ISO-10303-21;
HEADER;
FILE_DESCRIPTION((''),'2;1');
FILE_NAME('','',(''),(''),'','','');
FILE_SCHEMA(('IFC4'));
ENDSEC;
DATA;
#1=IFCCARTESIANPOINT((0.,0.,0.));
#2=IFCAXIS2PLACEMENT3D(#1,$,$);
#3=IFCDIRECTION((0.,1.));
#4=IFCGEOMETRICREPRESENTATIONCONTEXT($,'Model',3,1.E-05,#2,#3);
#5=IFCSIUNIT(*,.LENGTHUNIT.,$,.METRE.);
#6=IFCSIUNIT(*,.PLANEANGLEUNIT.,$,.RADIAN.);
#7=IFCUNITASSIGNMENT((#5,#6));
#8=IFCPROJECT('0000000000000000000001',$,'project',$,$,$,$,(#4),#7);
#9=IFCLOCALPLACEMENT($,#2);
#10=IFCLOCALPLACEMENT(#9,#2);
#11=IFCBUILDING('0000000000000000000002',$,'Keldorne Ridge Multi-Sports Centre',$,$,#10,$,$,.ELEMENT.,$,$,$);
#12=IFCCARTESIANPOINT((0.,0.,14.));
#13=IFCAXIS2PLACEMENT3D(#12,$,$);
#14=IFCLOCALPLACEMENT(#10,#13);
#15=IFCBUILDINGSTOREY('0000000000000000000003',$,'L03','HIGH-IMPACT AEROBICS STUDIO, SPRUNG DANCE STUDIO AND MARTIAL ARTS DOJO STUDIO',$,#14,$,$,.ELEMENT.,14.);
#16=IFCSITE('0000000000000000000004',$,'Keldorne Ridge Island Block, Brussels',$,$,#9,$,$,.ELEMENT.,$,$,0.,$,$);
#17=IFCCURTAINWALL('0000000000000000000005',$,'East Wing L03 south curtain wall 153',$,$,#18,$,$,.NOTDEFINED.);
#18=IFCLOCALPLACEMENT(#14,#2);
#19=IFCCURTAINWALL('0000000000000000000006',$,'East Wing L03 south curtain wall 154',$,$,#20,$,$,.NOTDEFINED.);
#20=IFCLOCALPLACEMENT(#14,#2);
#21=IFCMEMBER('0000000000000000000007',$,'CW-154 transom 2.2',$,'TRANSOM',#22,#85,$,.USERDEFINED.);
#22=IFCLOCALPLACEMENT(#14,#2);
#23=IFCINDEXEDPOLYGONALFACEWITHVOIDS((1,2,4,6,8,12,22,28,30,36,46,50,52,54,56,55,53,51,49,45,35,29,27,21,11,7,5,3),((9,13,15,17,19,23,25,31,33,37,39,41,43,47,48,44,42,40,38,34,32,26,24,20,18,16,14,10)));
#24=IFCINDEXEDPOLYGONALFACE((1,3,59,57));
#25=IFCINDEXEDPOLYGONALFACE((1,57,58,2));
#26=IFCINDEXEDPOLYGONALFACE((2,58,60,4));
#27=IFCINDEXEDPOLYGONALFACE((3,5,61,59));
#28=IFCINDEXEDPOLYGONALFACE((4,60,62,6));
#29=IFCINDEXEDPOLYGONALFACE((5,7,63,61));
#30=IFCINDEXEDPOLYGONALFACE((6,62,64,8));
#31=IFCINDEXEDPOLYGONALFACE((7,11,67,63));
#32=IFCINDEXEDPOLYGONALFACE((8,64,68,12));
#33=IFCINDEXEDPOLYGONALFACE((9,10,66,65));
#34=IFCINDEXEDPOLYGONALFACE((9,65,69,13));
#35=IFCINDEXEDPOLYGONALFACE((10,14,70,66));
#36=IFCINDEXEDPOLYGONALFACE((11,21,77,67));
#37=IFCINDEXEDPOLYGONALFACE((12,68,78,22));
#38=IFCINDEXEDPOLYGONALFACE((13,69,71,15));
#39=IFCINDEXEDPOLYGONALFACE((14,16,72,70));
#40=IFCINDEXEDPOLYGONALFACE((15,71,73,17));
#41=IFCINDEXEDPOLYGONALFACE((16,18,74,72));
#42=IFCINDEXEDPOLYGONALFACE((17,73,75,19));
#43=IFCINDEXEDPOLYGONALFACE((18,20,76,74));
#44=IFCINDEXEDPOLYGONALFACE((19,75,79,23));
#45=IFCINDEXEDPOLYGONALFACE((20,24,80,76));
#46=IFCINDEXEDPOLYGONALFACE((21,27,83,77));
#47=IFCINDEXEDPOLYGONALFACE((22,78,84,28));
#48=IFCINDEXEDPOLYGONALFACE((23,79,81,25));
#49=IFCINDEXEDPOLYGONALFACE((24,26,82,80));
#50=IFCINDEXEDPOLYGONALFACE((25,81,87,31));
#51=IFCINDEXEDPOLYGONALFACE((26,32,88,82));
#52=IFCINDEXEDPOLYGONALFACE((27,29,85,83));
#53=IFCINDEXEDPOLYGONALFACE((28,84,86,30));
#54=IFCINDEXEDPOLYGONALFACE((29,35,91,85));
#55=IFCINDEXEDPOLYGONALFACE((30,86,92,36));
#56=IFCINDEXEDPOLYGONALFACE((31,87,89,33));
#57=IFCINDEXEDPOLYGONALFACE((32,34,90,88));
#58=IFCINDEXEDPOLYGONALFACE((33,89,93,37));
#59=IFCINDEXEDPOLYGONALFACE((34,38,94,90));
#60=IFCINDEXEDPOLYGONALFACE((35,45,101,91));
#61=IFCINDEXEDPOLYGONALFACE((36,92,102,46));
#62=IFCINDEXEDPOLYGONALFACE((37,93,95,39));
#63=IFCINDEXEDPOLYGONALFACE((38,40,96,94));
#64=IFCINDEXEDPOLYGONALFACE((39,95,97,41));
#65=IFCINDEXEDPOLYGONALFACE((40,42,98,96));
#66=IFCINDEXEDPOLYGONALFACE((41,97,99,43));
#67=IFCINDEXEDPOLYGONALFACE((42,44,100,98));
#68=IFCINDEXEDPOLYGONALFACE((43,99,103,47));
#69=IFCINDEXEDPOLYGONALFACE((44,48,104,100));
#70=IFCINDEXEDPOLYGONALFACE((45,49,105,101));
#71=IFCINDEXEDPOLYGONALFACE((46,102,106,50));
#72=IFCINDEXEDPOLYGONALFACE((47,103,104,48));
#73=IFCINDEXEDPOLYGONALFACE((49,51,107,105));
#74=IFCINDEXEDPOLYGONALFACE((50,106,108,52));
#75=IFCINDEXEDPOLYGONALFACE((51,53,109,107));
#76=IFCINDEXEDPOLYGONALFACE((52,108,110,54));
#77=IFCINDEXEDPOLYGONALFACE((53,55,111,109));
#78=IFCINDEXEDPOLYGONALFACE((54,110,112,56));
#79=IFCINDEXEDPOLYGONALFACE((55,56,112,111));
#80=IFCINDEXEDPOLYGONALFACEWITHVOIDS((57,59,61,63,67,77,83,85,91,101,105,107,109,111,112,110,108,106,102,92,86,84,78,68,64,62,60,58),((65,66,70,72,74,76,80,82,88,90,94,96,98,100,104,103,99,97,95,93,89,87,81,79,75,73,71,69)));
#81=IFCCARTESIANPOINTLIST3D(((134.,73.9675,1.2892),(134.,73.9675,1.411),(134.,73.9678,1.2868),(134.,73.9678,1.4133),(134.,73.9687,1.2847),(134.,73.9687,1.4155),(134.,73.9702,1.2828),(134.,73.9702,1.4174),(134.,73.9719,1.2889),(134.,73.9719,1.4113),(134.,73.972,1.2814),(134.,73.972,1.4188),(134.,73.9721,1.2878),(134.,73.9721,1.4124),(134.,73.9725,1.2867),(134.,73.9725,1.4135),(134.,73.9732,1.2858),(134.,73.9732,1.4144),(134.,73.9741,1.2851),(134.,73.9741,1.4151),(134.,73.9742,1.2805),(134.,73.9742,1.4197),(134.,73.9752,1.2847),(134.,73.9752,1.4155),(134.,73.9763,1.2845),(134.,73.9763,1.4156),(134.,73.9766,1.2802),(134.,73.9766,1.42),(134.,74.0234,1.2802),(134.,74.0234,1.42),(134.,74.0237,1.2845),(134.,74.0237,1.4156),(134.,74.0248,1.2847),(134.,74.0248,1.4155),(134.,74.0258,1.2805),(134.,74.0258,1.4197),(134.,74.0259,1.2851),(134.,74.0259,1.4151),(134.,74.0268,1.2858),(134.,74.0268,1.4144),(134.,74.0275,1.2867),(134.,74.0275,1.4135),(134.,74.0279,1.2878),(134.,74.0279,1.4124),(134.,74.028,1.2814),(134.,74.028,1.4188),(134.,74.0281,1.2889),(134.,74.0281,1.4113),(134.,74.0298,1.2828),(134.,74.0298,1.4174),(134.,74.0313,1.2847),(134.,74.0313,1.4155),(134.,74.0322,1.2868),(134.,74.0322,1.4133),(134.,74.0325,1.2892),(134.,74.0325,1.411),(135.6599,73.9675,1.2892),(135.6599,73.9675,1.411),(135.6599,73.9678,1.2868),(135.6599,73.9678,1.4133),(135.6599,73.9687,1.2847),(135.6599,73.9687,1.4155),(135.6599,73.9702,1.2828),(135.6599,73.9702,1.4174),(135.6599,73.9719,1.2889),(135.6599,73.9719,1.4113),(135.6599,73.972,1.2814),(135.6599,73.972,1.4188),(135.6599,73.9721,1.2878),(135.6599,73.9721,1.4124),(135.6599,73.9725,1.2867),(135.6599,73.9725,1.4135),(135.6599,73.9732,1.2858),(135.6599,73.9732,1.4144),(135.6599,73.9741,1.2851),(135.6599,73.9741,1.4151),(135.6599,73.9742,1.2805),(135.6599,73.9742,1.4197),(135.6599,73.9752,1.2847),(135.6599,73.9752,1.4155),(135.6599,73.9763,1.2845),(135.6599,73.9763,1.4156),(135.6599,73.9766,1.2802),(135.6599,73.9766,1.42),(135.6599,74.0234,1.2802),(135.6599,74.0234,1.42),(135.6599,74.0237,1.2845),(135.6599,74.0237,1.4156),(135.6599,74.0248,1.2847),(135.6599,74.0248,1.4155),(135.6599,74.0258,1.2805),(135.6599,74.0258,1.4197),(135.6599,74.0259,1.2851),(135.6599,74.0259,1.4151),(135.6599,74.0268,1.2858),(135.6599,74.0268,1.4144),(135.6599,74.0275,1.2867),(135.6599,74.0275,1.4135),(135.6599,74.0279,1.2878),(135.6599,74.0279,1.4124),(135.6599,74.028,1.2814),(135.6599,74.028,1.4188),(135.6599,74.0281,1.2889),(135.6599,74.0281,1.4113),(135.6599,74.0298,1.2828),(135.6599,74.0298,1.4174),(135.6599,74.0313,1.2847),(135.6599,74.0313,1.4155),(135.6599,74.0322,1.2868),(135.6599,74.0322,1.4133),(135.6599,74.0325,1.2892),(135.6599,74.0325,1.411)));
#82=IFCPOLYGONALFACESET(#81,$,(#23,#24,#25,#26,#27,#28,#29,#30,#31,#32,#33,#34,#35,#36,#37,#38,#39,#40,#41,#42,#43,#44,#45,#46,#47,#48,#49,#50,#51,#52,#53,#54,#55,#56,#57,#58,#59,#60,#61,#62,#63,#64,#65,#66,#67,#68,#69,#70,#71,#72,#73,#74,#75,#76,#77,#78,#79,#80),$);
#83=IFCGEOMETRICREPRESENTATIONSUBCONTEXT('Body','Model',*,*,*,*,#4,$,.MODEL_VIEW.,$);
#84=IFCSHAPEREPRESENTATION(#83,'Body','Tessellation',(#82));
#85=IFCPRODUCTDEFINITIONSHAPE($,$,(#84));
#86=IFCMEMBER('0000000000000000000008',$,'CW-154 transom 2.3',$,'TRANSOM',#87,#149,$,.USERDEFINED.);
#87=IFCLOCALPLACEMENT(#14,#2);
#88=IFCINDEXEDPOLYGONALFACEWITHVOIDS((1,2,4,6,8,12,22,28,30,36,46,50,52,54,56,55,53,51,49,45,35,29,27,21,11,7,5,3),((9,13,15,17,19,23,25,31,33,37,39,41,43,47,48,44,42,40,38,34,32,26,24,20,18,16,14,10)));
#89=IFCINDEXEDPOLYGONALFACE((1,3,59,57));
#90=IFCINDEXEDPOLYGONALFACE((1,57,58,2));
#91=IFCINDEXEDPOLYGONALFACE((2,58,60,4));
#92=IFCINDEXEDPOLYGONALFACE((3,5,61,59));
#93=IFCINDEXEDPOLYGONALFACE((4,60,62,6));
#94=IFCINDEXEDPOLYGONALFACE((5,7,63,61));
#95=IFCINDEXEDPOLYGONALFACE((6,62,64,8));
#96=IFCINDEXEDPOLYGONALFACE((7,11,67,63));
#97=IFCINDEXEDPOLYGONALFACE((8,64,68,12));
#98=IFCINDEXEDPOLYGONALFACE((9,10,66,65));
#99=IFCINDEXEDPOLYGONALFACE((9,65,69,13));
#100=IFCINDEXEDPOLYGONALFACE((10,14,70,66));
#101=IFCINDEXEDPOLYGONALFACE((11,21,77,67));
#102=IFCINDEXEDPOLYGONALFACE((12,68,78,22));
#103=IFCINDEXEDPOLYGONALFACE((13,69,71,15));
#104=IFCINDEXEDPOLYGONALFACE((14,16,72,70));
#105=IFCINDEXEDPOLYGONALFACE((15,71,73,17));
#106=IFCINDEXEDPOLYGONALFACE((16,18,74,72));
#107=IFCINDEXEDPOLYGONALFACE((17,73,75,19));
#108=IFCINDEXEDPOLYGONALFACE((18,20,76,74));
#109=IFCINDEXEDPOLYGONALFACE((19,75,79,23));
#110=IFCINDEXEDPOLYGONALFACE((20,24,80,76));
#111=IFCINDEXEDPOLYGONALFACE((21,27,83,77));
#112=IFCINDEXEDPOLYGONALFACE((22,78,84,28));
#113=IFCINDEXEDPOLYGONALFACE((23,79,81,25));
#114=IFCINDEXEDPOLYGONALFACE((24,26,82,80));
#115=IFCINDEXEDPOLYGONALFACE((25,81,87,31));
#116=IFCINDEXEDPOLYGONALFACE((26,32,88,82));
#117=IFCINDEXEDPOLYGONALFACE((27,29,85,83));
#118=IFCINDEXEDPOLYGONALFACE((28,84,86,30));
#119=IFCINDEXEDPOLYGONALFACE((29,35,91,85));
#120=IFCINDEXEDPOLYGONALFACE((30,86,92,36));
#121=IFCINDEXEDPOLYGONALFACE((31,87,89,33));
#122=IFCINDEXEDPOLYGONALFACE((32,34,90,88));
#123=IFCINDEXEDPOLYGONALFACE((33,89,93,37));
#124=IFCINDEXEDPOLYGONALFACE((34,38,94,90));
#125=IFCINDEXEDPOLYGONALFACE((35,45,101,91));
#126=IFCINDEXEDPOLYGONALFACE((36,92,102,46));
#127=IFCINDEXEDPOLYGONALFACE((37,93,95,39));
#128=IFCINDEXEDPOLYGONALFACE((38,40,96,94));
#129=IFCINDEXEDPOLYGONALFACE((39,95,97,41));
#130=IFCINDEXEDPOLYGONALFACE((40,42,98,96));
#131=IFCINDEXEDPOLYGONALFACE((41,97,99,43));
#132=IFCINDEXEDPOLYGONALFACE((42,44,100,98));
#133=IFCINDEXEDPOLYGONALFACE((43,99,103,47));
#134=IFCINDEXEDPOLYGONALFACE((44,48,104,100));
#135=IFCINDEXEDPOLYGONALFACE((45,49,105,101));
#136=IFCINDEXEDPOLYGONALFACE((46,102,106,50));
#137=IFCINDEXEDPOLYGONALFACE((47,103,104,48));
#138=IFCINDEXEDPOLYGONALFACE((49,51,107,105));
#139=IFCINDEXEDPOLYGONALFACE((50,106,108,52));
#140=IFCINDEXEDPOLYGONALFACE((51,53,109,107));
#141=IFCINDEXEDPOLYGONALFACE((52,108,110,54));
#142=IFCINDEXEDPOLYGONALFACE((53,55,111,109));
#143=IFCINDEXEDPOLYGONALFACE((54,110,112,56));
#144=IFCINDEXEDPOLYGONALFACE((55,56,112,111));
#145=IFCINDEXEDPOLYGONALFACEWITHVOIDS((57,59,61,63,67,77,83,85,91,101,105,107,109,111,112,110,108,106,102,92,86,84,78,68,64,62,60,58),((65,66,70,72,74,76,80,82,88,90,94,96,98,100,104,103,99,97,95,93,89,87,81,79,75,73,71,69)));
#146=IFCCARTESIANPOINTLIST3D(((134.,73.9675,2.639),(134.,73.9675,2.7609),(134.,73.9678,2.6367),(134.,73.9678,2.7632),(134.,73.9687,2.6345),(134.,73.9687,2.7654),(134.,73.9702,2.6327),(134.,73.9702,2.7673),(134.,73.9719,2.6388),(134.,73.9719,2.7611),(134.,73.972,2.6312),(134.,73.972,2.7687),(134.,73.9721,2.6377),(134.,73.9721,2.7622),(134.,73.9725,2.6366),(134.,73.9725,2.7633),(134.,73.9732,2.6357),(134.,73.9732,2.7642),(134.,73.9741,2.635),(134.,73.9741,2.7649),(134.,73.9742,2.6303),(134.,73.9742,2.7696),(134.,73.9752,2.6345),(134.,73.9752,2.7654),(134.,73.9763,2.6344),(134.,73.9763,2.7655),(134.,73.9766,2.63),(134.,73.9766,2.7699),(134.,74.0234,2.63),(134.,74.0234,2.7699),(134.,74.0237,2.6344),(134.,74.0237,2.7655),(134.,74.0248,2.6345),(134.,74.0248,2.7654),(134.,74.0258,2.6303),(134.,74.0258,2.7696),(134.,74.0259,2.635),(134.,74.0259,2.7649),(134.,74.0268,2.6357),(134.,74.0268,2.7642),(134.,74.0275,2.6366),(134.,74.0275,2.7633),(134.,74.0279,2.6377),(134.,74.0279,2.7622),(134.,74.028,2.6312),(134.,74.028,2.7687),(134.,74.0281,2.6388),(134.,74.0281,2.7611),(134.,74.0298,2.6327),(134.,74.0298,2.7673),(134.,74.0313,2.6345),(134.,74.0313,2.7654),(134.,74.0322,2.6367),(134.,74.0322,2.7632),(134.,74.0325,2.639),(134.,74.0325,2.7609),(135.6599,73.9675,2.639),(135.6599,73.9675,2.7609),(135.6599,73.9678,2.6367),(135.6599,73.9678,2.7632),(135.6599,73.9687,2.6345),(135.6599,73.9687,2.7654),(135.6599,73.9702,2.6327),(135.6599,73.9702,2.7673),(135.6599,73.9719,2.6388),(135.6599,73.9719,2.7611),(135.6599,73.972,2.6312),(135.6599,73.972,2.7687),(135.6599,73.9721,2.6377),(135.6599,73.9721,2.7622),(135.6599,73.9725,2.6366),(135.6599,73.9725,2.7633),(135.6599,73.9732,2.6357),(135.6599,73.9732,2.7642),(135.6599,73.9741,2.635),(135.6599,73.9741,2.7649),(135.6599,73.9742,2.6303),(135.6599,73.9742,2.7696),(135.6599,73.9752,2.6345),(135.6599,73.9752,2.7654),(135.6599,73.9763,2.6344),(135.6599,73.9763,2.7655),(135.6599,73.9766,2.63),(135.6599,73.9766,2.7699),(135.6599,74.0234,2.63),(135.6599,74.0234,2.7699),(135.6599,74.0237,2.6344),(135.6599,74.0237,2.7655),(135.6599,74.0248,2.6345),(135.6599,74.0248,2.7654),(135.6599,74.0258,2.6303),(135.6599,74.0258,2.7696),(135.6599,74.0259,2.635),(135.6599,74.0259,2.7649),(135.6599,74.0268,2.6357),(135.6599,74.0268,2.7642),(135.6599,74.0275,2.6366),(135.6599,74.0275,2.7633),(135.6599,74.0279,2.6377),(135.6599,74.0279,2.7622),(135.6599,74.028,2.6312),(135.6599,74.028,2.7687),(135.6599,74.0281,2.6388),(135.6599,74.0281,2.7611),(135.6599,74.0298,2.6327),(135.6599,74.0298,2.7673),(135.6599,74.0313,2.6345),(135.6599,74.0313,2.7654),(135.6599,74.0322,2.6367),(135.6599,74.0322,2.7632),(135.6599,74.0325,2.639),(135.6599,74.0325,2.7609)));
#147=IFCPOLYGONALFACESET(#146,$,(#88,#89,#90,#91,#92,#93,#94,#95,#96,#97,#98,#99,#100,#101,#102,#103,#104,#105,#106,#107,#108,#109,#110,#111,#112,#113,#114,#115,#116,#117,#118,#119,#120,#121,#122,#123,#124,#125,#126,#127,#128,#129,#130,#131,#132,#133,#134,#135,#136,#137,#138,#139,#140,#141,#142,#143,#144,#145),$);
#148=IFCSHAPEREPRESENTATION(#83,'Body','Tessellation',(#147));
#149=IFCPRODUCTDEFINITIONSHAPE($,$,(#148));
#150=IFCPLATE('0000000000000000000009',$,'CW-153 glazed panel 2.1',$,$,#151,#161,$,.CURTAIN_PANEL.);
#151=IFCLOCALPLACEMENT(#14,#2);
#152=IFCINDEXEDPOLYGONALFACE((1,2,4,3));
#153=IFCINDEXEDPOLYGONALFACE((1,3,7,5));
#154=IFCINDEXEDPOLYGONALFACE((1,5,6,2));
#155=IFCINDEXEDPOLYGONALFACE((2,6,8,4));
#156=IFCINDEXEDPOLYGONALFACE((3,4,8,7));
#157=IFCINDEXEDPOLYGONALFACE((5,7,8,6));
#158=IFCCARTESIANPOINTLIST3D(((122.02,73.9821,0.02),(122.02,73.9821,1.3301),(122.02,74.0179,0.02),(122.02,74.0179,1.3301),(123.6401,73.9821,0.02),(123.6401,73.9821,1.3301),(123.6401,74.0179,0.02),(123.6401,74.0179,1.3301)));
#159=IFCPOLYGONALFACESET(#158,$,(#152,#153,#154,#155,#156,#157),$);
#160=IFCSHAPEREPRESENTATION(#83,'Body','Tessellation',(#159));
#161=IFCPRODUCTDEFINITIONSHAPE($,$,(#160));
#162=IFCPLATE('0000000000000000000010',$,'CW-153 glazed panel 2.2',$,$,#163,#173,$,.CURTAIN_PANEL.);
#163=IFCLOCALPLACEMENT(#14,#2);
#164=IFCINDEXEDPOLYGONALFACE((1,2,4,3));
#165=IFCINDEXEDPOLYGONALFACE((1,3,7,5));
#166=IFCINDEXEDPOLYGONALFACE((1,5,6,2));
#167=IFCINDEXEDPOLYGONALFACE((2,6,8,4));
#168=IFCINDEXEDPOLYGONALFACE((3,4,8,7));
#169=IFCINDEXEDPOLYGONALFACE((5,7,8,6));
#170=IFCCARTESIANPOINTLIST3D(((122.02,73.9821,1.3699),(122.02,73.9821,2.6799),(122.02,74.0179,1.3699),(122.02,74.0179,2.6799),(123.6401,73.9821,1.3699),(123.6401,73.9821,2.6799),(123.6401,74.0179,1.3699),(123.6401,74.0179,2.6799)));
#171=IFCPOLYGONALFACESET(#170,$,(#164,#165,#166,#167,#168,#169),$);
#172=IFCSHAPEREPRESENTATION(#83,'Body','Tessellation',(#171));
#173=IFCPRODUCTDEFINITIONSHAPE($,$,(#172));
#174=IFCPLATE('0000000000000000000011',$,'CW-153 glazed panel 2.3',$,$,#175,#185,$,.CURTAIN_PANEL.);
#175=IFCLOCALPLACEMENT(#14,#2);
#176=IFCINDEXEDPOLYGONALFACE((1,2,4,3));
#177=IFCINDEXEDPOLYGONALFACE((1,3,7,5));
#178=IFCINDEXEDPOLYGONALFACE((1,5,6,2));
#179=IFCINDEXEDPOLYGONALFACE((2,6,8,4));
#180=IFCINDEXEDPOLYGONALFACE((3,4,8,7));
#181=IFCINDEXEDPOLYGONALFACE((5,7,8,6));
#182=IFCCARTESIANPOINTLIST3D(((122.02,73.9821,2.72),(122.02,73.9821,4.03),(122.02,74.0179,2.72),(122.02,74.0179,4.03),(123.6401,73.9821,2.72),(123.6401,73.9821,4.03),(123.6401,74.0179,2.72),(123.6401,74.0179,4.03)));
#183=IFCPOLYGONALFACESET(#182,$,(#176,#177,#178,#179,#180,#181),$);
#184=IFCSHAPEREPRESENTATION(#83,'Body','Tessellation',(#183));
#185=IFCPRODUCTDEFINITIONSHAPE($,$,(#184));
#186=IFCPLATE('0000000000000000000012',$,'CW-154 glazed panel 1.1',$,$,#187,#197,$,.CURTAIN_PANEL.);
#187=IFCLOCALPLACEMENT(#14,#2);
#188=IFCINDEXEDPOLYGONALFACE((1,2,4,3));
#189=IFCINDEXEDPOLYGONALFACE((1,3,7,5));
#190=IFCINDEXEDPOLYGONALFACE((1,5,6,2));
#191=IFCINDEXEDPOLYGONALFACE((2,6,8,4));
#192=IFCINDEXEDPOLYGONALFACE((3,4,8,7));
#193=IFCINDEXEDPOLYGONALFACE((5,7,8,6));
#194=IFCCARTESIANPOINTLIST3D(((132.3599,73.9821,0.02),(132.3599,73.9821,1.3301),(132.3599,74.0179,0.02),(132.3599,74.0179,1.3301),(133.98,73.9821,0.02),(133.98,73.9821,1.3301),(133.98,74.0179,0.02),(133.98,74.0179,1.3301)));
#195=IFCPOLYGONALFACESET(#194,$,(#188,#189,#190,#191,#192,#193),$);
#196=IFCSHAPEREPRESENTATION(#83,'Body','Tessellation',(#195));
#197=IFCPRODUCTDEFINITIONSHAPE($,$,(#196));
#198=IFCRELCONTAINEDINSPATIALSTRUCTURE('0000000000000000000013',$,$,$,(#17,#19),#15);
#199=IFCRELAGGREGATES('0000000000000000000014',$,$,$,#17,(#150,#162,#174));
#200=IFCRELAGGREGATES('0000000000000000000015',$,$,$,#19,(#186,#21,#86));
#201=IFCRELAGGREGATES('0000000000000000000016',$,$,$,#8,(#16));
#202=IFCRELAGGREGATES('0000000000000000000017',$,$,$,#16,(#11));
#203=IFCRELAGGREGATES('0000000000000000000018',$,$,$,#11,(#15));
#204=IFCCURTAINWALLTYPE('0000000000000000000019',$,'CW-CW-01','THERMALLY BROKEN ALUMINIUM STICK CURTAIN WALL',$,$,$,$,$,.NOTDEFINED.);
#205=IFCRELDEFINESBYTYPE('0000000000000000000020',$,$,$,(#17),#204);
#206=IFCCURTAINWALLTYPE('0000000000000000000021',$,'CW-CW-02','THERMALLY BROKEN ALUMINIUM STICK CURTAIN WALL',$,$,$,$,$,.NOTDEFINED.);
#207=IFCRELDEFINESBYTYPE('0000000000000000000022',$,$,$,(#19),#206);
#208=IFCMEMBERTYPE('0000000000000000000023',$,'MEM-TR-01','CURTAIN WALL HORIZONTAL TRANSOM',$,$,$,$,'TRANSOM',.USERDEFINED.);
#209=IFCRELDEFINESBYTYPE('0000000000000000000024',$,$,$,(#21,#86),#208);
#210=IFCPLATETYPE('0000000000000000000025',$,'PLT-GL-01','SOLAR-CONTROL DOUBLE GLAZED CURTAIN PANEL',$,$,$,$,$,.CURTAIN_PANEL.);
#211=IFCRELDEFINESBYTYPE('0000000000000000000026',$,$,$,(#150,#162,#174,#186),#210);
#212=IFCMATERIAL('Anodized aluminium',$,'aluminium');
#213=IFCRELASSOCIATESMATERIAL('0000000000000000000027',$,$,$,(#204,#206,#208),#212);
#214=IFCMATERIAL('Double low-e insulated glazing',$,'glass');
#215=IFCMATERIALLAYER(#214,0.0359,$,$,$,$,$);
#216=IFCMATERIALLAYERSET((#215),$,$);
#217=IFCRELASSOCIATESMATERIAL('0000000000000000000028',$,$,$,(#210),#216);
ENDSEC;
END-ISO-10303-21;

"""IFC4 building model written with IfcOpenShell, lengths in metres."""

from ifc_helpers import new_model, si_unit, direction, frame, origin, origin_2d, place, context, subcontext, project, spatial, rectangle, hollow_rectangle, extrude, material, layer, layer_set, material_profile, profile_set, type_object, element, aggregate, save


model = new_model("IFC4")

# Units and contexts
model_context = context("Model", 3, precision=1e-05, world=origin(), true_north=direction((0.0, 1.0)))
body_context = subcontext(model_context, "Body", "Model", "MODEL_VIEW")
ifc_project = project(units=[si_unit("LENGTHUNIT", "METRE"), si_unit("PLANEANGLEUNIT", "RADIAN")], contexts=[model_context])

# Site, building, storey
site_placement = place(None, origin())
site = spatial("IfcSite", under=ifc_project, at=site_placement, Name="Keldorne Ridge Island Block, Brussels", CompositionType="ELEMENT", RefElevation=0.0)
building_placement = place(site_placement, origin())
building = spatial("IfcBuilding", under=site, at=building_placement, Name="Keldorne Ridge Multi-Sports Centre", CompositionType="ELEMENT")
storey_placement = place(building_placement, frame((0.0, 0.0, 14.0)))
storey = spatial("IfcBuildingStorey", under=building, at=storey_placement, Name="L03", Description="HIGH-IMPACT AEROBICS STUDIO, SPRUNG DANCE STUDIO AND MARTIAL ARTS DOJO STUDIO", CompositionType="ELEMENT", Elevation=14.0)

# Curtain wall
ifc_material_1 = material(Name="Anodized aluminium", Category="aluminium")
curtain_wall_type_1 = type_object("IfcCurtainWallType", Name="CW-CW-01", Description="THERMALLY BROKEN ALUMINIUM STICK CURTAIN WALL", PredefinedType="NOTDEFINED", material=ifc_material_1)
curtain_wall_1_placement = place(storey_placement, origin())
curtain_wall_1 = element("IfcCurtainWall", 1, at=curtain_wall_1_placement, inside=storey, type_object=curtain_wall_type_1, Name="East Wing L03 south curtain wall 153", PredefinedType="NOTDEFINED")

# Curtain wall
curtain_wall_type_2 = type_object("IfcCurtainWallType", Name="CW-CW-02", Description="THERMALLY BROKEN ALUMINIUM STICK CURTAIN WALL", PredefinedType="NOTDEFINED", material=ifc_material_1)
curtain_wall_2_placement = place(storey_placement, origin())
curtain_wall_2 = element("IfcCurtainWall", 2, at=curtain_wall_2_placement, inside=storey, type_object=curtain_wall_type_2, Name="East Wing L03 south curtain wall 154", PredefinedType="NOTDEFINED")

# Members
ifc_material_profile_1 = material_profile(ifc_material_1, hollow_rectangle(XDim=0.0649, YDim=0.1399, WallThickness=0.0044, InnerFilletRadius=0.0044, OuterFilletRadius=0.009, at=origin_2d()), Name="ALU TRANSOM 140x65x4.5")
ifc_profile_set_1 = profile_set([ifc_material_profile_1], Name="Anodized aluminium")
member_type_1 = type_object("IfcMemberType", Name="MEM-TR-01", Description="CURTAIN WALL HORIZONTAL TRANSOM", ElementType="TRANSOM", PredefinedType="USERDEFINED", material=ifc_profile_set_1)
member_1_placement = place(storey_placement, frame((134.0, 74.0, 1.3501), z_axis=(1.0, 0.0, 0.0), x_axis=(0.0, 1.0, 0.0)))
member_1 = element("IfcMember", 3, at=member_1_placement, type_object=member_type_1, Name="CW-154 transom 2.2", ObjectType="TRANSOM", PredefinedType="USERDEFINED", context=body_context, shape_type="SweptSolid", body=[
    extrude(hollow_rectangle(XDim=0.0649, YDim=0.1399, WallThickness=0.0044, InnerFilletRadius=0.0044, OuterFilletRadius=0.009, at=origin_2d()), origin(), (0.0, 0.0, 1.0), 1.6599),
])
member_2_placement = place(storey_placement, frame((134.0, 74.0, 2.7), z_axis=(1.0, 0.0, 0.0), x_axis=(0.0, 1.0, 0.0)))
member_2 = element("IfcMember", 4, at=member_2_placement, type_object=member_type_1, Name="CW-154 transom 2.3", ObjectType="TRANSOM", PredefinedType="USERDEFINED", context=body_context, shape_type="SweptSolid", body=[
    extrude(hollow_rectangle(XDim=0.0649, YDim=0.1399, WallThickness=0.0044, InnerFilletRadius=0.0044, OuterFilletRadius=0.009, at=origin_2d()), origin(), (0.0, 0.0, 1.0), 1.6599),
])

# Plates
ifc_material_2 = material(Name="Double low-e insulated glazing", Category="glass")
ifc_layer_1 = layer(ifc_material_2, 0.0359)
ifc_layer_set_1 = layer_set([ifc_layer_1])
plate_type = type_object("IfcPlateType", Name="PLT-GL-01", Description="SOLAR-CONTROL DOUBLE GLAZED CURTAIN PANEL", PredefinedType="CURTAIN_PANEL", material=ifc_layer_set_1)
plate_1_placement = place(storey_placement, frame((122.8301, 74.0, 0.02), z_axis=(0.0, 0.0, 1.0), x_axis=(1.0, 0.0, 0.0)))
plate_1 = element("IfcPlate", 5, at=plate_1_placement, type_object=plate_type, Name="CW-153 glazed panel 2.1", PredefinedType="CURTAIN_PANEL", context=body_context, shape_type="SweptSolid", body=[
    extrude(rectangle(XDim=1.6201, YDim=0.0359, at=origin_2d()), origin(), (0.0, 0.0, 1.0), 1.3101),
])
plate_2_placement = place(storey_placement, frame((122.8301, 74.0, 1.3699), z_axis=(0.0, 0.0, 1.0), x_axis=(1.0, 0.0, 0.0)))
plate_2 = element("IfcPlate", 6, at=plate_2_placement, type_object=plate_type, Name="CW-153 glazed panel 2.2", PredefinedType="CURTAIN_PANEL", context=body_context, shape_type="SweptSolid", body=[
    extrude(rectangle(XDim=1.6201, YDim=0.0359, at=origin_2d()), origin(), (0.0, 0.0, 1.0), 1.3101),
])
plate_3_placement = place(storey_placement, frame((122.8301, 74.0, 2.72), z_axis=(0.0, 0.0, 1.0), x_axis=(1.0, 0.0, 0.0)))
plate_3 = element("IfcPlate", 7, at=plate_3_placement, type_object=plate_type, Name="CW-153 glazed panel 2.3", PredefinedType="CURTAIN_PANEL", context=body_context, shape_type="SweptSolid", body=[
    extrude(rectangle(XDim=1.6201, YDim=0.0359, at=origin_2d()), origin(), (0.0, 0.0, 1.0), 1.3101),
])
aggregate(curtain_wall_1, [plate_1, plate_2, plate_3])
plate_4_placement = place(storey_placement, frame((133.1699, 74.0, 0.02), z_axis=(0.0, 0.0, 1.0), x_axis=(1.0, 0.0, 0.0)))
plate_4 = element("IfcPlate", 8, at=plate_4_placement, type_object=plate_type, Name="CW-154 glazed panel 1.1", PredefinedType="CURTAIN_PANEL", context=body_context, shape_type="SweptSolid", body=[
    extrude(rectangle(XDim=1.6201, YDim=0.0359, at=origin_2d()), origin(), (0.0, 0.0, 1.0), 1.3101),
])
aggregate(curtain_wall_2, [plate_4, member_1, member_2])

save(model, "model.ifc")
